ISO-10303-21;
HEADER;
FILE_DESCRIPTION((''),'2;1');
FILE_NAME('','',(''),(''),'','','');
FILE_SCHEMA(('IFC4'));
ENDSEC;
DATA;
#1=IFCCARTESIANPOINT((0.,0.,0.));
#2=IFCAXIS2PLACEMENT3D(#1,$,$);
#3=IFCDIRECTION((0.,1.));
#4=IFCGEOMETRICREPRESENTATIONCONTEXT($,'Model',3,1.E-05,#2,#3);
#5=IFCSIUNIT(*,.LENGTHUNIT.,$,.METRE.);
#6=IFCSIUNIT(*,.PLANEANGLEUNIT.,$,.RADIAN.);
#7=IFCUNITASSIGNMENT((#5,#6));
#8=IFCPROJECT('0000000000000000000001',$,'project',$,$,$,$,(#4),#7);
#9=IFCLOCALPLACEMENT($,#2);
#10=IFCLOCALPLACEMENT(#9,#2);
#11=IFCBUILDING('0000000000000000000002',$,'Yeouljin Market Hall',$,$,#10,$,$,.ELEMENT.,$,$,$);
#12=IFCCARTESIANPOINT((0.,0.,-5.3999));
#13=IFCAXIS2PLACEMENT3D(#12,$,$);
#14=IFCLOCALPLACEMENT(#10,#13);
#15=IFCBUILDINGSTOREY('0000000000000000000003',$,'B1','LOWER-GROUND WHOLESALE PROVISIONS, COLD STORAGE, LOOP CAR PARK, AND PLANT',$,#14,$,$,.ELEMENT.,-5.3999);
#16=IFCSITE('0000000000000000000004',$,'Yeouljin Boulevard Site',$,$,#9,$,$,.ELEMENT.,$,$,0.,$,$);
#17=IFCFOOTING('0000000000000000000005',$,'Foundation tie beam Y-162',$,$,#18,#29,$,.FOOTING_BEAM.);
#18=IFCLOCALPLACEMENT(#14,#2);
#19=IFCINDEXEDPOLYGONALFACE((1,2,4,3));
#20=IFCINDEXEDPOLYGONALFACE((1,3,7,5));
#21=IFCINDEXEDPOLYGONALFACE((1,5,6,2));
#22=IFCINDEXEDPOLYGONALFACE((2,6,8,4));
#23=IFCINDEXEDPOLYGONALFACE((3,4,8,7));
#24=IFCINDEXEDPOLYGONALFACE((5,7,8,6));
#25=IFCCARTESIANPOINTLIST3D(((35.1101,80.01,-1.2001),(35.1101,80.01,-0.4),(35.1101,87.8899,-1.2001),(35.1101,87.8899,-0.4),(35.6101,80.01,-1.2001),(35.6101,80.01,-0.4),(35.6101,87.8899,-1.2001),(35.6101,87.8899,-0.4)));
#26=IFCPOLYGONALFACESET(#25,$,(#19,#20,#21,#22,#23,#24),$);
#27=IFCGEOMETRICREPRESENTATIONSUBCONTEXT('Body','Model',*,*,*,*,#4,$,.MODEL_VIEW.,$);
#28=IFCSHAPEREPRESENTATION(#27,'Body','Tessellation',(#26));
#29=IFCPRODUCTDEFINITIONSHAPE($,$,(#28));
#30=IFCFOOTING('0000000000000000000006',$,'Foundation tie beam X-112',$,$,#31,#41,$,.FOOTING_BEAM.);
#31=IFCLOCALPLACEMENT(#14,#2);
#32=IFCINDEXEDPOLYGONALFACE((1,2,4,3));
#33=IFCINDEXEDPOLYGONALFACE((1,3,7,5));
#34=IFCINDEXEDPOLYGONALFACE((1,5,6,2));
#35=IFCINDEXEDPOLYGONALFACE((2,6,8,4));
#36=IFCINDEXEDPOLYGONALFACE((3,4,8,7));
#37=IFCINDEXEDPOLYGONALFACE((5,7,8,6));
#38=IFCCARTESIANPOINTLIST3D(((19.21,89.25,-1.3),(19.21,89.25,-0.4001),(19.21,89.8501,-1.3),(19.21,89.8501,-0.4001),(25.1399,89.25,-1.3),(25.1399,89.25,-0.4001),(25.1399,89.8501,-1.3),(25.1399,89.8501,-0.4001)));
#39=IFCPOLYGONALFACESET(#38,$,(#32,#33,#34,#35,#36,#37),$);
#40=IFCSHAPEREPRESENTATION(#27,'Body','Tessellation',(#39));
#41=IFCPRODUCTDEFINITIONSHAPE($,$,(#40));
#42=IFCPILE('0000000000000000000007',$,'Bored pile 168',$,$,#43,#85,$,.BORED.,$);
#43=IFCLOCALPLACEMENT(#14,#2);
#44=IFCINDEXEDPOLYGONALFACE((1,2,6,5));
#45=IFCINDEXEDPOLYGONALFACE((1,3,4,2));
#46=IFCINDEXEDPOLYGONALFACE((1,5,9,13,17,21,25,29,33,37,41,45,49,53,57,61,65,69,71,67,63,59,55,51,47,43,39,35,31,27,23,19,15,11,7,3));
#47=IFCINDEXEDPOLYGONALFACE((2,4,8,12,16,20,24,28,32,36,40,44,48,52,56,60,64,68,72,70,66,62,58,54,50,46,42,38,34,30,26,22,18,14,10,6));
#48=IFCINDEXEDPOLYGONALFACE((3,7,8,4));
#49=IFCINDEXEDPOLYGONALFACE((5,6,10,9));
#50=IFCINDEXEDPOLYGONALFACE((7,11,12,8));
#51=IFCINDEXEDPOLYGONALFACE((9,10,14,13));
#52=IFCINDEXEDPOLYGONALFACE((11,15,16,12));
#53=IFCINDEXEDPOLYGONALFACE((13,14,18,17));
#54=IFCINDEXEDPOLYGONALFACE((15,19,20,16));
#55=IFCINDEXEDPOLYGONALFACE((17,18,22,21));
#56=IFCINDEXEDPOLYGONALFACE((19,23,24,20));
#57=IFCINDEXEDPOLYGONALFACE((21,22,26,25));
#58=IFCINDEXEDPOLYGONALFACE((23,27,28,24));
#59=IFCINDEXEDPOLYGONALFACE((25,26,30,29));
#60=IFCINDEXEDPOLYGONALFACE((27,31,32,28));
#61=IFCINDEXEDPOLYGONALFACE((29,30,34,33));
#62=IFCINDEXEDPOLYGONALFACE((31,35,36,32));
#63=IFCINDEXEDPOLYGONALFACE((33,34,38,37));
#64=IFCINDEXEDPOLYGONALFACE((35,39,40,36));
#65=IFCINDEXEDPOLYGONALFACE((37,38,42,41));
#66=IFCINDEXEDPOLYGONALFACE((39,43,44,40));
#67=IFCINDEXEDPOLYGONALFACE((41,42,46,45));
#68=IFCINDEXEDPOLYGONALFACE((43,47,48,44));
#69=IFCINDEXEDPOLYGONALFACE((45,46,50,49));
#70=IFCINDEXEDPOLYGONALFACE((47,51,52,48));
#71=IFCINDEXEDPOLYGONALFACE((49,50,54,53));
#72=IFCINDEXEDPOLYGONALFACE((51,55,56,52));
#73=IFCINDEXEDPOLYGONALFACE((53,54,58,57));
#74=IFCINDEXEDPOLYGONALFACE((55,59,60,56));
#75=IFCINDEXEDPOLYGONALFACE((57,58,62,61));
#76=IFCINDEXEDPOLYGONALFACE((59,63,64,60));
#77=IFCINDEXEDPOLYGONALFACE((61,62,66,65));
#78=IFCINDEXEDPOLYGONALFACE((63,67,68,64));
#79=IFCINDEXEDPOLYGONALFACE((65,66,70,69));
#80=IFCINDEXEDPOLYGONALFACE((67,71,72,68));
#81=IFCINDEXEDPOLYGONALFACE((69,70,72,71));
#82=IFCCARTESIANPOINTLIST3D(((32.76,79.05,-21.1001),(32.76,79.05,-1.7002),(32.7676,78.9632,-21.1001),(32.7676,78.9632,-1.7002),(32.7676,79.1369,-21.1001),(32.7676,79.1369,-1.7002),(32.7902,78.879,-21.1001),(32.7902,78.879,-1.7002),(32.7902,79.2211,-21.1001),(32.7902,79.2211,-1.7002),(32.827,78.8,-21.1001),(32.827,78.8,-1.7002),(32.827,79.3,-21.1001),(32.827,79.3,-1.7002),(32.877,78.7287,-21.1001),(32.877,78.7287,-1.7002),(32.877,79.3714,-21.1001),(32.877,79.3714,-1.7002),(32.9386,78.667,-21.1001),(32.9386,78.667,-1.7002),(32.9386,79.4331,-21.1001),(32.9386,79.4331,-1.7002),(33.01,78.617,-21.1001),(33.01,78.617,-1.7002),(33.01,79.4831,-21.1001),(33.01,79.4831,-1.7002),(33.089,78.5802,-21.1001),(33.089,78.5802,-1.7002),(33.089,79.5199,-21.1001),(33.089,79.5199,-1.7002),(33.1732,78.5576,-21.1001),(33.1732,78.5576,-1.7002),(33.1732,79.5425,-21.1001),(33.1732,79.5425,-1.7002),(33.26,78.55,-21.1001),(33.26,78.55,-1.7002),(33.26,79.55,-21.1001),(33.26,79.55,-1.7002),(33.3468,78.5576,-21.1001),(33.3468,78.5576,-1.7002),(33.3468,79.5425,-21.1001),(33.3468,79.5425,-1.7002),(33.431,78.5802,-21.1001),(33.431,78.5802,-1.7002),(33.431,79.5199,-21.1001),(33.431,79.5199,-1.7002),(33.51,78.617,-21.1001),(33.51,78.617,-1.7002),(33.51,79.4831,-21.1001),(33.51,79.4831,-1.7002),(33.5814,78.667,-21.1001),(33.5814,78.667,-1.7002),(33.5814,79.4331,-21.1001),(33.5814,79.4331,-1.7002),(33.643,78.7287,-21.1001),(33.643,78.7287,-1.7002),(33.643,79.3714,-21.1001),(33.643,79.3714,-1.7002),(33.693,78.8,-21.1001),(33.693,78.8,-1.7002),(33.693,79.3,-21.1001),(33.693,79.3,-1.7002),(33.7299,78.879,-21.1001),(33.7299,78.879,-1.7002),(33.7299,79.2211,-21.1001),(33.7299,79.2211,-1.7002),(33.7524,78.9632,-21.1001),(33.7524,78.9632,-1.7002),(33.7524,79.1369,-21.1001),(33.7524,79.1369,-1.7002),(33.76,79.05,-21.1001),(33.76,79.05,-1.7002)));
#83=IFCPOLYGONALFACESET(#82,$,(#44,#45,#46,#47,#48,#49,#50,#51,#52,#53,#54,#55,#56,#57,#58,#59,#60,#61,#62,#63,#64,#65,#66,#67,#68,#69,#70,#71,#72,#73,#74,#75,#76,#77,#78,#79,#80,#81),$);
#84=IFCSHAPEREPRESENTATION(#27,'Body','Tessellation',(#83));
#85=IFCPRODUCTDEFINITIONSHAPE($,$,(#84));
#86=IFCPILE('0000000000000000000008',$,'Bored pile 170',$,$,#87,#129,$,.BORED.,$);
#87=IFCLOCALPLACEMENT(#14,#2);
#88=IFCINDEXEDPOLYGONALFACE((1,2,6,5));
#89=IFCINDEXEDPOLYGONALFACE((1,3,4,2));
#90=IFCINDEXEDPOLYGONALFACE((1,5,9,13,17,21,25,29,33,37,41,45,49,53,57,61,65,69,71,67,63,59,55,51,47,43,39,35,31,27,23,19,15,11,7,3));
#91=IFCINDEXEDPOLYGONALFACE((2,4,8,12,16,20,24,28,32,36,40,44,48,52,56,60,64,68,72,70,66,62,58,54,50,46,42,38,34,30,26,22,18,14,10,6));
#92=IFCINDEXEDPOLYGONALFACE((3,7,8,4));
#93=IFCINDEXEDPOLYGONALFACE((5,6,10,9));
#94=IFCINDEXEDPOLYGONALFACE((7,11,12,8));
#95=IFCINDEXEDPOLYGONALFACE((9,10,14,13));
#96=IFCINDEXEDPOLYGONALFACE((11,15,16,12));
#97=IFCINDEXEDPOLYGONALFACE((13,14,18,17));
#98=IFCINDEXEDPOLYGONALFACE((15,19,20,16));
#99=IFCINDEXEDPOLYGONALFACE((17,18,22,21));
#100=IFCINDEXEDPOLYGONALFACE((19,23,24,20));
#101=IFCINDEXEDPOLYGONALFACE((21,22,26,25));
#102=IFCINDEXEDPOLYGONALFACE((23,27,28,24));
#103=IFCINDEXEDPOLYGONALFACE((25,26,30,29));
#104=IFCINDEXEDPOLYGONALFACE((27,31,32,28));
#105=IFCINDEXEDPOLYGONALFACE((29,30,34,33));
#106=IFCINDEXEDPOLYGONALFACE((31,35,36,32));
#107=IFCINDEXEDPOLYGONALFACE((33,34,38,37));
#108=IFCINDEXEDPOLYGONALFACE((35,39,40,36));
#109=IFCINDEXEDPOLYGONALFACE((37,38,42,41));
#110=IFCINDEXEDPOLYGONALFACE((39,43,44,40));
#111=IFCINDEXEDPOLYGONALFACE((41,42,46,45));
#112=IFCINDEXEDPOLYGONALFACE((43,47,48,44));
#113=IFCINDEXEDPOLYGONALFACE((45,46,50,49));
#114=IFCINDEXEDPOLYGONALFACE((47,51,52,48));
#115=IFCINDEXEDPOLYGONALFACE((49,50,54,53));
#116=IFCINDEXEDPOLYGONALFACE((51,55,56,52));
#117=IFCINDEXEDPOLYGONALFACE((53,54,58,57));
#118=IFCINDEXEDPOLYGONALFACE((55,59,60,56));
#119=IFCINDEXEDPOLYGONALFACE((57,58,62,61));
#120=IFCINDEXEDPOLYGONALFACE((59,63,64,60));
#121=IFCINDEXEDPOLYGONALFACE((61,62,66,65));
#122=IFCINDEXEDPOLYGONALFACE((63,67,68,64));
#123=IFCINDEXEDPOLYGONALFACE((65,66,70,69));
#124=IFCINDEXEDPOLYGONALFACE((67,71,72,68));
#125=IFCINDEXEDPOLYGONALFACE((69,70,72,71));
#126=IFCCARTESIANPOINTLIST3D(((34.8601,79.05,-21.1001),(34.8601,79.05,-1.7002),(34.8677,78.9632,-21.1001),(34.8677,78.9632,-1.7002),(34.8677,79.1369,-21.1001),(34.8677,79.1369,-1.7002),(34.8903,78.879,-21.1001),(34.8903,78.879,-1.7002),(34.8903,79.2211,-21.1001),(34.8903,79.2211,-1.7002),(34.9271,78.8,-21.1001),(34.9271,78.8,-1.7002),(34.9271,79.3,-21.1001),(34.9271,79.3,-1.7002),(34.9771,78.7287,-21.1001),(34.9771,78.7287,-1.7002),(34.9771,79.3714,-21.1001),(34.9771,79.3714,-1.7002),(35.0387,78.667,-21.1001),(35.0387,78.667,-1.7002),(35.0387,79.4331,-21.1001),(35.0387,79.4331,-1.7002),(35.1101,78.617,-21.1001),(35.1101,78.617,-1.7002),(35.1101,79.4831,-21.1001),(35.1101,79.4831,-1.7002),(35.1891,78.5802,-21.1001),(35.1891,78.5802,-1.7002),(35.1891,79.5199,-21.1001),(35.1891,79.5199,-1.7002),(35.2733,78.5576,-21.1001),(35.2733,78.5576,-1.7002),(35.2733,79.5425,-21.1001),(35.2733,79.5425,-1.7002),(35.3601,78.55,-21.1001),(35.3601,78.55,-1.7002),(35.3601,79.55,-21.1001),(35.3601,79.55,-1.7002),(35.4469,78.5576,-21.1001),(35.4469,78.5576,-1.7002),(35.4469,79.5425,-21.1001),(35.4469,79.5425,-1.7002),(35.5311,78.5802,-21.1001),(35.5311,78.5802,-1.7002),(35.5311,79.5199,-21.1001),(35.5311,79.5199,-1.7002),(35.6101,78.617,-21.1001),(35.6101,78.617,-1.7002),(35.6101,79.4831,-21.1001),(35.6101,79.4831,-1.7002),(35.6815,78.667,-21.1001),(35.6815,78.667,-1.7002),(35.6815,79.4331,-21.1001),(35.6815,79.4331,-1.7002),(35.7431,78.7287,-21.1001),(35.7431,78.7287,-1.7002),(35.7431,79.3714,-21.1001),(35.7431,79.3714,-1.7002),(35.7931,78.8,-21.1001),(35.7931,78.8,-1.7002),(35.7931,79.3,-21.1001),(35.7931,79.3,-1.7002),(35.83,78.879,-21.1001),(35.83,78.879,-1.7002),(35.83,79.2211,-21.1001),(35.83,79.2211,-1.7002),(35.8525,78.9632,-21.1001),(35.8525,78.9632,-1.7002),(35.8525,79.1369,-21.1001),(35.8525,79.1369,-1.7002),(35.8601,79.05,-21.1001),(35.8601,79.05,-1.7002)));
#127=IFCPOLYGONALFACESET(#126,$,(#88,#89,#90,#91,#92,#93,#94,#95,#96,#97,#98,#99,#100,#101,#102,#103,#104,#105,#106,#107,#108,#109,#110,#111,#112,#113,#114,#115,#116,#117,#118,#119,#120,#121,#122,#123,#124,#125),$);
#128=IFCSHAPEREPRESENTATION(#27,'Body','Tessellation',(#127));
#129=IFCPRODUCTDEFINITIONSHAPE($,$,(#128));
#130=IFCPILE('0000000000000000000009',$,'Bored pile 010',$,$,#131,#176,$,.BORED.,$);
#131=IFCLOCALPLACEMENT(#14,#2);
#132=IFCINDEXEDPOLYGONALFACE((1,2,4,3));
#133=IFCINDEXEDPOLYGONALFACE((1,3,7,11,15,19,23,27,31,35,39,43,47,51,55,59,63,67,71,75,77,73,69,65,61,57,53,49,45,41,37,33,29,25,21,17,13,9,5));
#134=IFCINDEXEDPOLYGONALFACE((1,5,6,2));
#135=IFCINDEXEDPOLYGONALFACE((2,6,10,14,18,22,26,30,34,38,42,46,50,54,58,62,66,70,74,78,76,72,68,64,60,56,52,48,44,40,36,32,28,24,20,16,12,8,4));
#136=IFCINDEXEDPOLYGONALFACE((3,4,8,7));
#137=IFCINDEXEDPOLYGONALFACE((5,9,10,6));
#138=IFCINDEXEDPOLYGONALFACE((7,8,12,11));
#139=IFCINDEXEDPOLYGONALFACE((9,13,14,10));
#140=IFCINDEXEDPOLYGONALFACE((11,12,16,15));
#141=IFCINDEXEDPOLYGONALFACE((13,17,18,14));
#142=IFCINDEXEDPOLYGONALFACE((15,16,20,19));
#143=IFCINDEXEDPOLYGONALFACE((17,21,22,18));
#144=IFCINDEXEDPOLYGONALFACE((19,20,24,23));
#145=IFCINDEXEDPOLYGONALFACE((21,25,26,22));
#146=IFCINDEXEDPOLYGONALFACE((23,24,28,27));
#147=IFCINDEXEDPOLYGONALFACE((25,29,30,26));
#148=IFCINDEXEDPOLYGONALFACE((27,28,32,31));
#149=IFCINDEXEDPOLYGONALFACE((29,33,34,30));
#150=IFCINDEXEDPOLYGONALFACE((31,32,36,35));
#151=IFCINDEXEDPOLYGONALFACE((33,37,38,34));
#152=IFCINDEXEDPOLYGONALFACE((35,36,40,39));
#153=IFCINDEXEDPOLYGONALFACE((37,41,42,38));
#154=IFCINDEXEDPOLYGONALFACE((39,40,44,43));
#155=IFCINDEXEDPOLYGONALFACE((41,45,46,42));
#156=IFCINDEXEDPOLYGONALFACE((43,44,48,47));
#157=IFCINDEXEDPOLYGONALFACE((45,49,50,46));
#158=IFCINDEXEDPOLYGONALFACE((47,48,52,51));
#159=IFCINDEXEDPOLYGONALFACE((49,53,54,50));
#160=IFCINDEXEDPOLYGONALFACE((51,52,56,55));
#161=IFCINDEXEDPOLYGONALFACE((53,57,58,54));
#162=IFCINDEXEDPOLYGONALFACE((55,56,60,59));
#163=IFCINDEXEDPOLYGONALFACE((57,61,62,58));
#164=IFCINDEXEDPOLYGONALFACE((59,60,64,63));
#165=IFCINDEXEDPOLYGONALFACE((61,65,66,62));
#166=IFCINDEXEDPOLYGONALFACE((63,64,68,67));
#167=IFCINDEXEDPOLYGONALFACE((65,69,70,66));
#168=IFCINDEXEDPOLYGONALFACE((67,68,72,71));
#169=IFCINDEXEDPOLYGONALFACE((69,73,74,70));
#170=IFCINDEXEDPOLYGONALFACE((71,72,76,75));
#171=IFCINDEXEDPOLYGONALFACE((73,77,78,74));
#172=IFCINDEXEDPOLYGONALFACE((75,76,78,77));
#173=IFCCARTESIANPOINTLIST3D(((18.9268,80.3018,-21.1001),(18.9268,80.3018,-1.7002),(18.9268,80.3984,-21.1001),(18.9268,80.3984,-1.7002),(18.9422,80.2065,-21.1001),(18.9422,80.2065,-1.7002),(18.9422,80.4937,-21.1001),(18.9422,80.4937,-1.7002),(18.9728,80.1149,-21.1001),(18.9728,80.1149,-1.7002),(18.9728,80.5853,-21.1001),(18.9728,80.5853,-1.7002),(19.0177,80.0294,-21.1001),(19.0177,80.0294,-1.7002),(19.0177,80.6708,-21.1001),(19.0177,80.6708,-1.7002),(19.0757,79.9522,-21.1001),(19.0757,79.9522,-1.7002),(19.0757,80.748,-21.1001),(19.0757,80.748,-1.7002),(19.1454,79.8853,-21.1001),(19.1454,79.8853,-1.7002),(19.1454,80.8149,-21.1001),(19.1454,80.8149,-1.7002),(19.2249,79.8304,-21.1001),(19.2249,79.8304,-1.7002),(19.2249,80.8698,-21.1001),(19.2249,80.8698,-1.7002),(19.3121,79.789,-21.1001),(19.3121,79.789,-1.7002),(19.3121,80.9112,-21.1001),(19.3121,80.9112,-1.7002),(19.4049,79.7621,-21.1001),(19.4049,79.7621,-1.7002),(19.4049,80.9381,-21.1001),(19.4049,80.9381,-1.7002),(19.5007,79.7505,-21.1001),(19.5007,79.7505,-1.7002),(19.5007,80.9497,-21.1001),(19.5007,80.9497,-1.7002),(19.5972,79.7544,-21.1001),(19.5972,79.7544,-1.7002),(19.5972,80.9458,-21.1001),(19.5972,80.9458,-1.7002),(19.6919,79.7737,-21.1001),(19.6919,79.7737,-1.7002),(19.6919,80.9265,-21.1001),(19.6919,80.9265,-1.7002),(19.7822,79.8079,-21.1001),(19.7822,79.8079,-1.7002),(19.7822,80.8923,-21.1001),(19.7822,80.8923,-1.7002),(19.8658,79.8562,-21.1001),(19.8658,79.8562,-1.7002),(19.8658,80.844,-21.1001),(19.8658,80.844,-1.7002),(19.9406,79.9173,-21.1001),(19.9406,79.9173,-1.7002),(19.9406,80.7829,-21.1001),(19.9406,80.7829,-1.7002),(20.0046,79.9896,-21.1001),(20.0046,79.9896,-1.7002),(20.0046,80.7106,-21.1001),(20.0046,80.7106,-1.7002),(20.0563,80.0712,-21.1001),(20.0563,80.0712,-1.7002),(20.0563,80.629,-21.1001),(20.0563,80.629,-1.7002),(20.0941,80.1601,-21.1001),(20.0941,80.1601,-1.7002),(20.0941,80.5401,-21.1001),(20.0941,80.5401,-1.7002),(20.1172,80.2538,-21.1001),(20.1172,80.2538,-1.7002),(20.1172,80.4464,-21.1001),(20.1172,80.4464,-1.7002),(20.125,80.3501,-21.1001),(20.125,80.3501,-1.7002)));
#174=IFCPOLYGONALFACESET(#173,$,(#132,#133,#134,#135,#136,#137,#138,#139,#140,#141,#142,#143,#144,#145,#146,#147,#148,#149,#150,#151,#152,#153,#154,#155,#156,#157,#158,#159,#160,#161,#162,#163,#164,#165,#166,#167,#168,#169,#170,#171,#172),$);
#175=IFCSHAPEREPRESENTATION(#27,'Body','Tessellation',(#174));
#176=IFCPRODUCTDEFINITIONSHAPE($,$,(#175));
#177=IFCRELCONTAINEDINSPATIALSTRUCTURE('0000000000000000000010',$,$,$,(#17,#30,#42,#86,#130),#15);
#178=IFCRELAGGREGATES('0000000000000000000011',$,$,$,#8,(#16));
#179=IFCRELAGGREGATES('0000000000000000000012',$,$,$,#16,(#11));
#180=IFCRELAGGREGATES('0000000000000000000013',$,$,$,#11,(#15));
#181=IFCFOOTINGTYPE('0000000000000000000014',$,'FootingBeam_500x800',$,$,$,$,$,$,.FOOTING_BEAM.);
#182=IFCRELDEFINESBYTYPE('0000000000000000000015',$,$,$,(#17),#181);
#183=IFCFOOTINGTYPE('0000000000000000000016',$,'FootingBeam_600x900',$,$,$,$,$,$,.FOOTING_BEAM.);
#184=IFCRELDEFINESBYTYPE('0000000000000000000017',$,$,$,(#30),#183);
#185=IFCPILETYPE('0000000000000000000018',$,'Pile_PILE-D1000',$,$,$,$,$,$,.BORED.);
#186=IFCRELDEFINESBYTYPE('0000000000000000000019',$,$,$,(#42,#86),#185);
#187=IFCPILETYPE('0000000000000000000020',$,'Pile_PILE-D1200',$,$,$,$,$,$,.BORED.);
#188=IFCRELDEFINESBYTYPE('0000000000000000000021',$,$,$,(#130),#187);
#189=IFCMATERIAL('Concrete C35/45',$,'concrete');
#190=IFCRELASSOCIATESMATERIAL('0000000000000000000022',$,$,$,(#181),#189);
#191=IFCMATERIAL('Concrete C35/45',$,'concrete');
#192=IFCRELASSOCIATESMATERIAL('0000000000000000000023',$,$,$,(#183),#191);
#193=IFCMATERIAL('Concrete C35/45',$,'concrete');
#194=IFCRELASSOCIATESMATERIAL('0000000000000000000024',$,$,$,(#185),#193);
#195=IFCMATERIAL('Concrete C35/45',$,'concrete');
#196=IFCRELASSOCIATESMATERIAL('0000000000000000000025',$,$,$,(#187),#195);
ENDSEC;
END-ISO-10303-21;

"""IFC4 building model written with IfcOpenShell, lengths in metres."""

from ifc_helpers import new_model, si_unit, direction, frame, origin, origin_2d, place, context, subcontext, project, spatial, rectangle, circle, extrude, material, material_profile, profile_set, type_object, element, save


model = new_model("IFC4")

# Units and contexts
model_context = context("Model", 3, precision=1e-05, world=origin(), true_north=direction((0.0, 1.0)))
body_context = subcontext(model_context, "Body", "Model", "MODEL_VIEW")
ifc_project = project(units=[si_unit("LENGTHUNIT", "METRE"), si_unit("PLANEANGLEUNIT", "RADIAN")], contexts=[model_context])

# Site, building, storey
site_placement = place(None, origin())
site = spatial("IfcSite", under=ifc_project, at=site_placement, Name="Yeouljin Boulevard Site", CompositionType="ELEMENT", RefElevation=0.0)
building_placement = place(site_placement, origin())
building = spatial("IfcBuilding", under=site, at=building_placement, Name="Yeouljin Market Hall", CompositionType="ELEMENT")
storey_placement = place(building_placement, frame((0.0, 0.0, -5.3999)))
storey = spatial("IfcBuildingStorey", under=building, at=storey_placement, Name="B1", Description="LOWER-GROUND WHOLESALE PROVISIONS, COLD STORAGE, LOOP CAR PARK, AND PLANT", CompositionType="ELEMENT", Elevation=-5.3999)

# Footings
ifc_material_1 = material(Name="Concrete C35/45", Category="concrete")
ifc_material_profile_1 = material_profile(ifc_material_1, rectangle(XDim=0.5, YDim=0.8, at=origin_2d()), Name="RC-500x800")
ifc_profile_set_1 = profile_set([ifc_material_profile_1], Name="Concrete C35/45")
footing_type_1 = type_object("IfcFootingType", Name="FootingBeam_500x800", PredefinedType="FOOTING_BEAM", material=ifc_profile_set_1)
footing_1_placement = place(storey_placement, frame((35.3601, 80.01, -0.8), z_axis=(0.0, 1.0, 0.0), x_axis=(-1.0, 0.0, 0.0)))
element("IfcFooting", 1, at=footing_1_placement, inside=storey, type_object=footing_type_1, Name="Foundation tie beam Y-162", PredefinedType="FOOTING_BEAM", context=body_context, shape_type="SweptSolid", body=[
    extrude(rectangle(XDim=0.5, YDim=0.8, at=origin_2d()), origin(), (0.0, 0.0, 1.0), 7.8799),
])
ifc_material_2 = material(Name="Concrete C35/45", Category="concrete")
ifc_material_profile_2 = material_profile(ifc_material_2, rectangle(XDim=0.6001, YDim=0.8999, at=origin_2d()), Name="RC-600x900")
ifc_profile_set_2 = profile_set([ifc_material_profile_2], Name="Concrete C35/45")
footing_type_2 = type_object("IfcFootingType", Name="FootingBeam_600x900", PredefinedType="FOOTING_BEAM", material=ifc_profile_set_2)
footing_2_placement = place(storey_placement, frame((19.21, 89.55, -0.8501), z_axis=(1.0, 0.0, 0.0), x_axis=(0.0, 1.0, 0.0)))
element("IfcFooting", 2, at=footing_2_placement, inside=storey, type_object=footing_type_2, Name="Foundation tie beam X-112", PredefinedType="FOOTING_BEAM", context=body_context, shape_type="SweptSolid", body=[
    extrude(rectangle(XDim=0.6001, YDim=0.8999, at=origin_2d()), origin(), (0.0, 0.0, 1.0), 5.9299),
])

# Piles
ifc_material_3 = material(Name="Concrete C35/45", Category="concrete")
ifc_material_profile_3 = material_profile(ifc_material_3, circle(Radius=0.5, at=origin_2d()), Name="PILE-D1000")
ifc_profile_set_3 = profile_set([ifc_material_profile_3], Name="Concrete C35/45")
pile_type_1 = type_object("IfcPileType", Name="Pile_PILE-D1000", PredefinedType="BORED", material=ifc_profile_set_3)
for number, where, z_axis, x_axis, name in (
    (3, (33.26, 79.05, -1.7002), (0.0, 0.0, -1.0), (1.0, 0.0, 0.0), "Bored pile 168"),
    (4, (35.3601, 79.05, -1.7002), (0.0, 0.0, -1.0), (1.0, 0.0, 0.0), "Bored pile 170"),
):
    element("IfcPile", number, at=place(storey_placement, frame(where, z_axis=z_axis, x_axis=x_axis)), inside=storey, type_object=pile_type_1, Name=name, PredefinedType="BORED", context=body_context, shape_type="SweptSolid", body=[
        extrude(circle(Radius=0.5, at=origin_2d()), origin(), (0.0, 0.0, 1.0), 19.3999),
    ])
ifc_material_4 = material(Name="Concrete C35/45", Category="concrete")
ifc_material_profile_4 = material_profile(ifc_material_4, circle(Radius=0.6001, at=origin_2d()), Name="PILE-D1200")
ifc_profile_set_4 = profile_set([ifc_material_profile_4], Name="Concrete C35/45")
pile_type_2 = type_object("IfcPileType", Name="Pile_PILE-D1200", PredefinedType="BORED", material=ifc_profile_set_4)
for number, where, z_axis, x_axis, name in (
    (5, (19.5249, 80.3501, -1.7002), (0.0, 0.0, -1.0), (1.0, 0.0, 0.0), "Bored pile 010"),
):
    element("IfcPile", number, at=place(storey_placement, frame(where, z_axis=z_axis, x_axis=x_axis)), inside=storey, type_object=pile_type_2, Name=name, PredefinedType="BORED", context=body_context, shape_type="SweptSolid", body=[
        extrude(circle(Radius=0.6001, at=origin_2d()), origin(), (0.0, 0.0, 1.0), 19.3999),
    ])

save(model, "model.ifc")
